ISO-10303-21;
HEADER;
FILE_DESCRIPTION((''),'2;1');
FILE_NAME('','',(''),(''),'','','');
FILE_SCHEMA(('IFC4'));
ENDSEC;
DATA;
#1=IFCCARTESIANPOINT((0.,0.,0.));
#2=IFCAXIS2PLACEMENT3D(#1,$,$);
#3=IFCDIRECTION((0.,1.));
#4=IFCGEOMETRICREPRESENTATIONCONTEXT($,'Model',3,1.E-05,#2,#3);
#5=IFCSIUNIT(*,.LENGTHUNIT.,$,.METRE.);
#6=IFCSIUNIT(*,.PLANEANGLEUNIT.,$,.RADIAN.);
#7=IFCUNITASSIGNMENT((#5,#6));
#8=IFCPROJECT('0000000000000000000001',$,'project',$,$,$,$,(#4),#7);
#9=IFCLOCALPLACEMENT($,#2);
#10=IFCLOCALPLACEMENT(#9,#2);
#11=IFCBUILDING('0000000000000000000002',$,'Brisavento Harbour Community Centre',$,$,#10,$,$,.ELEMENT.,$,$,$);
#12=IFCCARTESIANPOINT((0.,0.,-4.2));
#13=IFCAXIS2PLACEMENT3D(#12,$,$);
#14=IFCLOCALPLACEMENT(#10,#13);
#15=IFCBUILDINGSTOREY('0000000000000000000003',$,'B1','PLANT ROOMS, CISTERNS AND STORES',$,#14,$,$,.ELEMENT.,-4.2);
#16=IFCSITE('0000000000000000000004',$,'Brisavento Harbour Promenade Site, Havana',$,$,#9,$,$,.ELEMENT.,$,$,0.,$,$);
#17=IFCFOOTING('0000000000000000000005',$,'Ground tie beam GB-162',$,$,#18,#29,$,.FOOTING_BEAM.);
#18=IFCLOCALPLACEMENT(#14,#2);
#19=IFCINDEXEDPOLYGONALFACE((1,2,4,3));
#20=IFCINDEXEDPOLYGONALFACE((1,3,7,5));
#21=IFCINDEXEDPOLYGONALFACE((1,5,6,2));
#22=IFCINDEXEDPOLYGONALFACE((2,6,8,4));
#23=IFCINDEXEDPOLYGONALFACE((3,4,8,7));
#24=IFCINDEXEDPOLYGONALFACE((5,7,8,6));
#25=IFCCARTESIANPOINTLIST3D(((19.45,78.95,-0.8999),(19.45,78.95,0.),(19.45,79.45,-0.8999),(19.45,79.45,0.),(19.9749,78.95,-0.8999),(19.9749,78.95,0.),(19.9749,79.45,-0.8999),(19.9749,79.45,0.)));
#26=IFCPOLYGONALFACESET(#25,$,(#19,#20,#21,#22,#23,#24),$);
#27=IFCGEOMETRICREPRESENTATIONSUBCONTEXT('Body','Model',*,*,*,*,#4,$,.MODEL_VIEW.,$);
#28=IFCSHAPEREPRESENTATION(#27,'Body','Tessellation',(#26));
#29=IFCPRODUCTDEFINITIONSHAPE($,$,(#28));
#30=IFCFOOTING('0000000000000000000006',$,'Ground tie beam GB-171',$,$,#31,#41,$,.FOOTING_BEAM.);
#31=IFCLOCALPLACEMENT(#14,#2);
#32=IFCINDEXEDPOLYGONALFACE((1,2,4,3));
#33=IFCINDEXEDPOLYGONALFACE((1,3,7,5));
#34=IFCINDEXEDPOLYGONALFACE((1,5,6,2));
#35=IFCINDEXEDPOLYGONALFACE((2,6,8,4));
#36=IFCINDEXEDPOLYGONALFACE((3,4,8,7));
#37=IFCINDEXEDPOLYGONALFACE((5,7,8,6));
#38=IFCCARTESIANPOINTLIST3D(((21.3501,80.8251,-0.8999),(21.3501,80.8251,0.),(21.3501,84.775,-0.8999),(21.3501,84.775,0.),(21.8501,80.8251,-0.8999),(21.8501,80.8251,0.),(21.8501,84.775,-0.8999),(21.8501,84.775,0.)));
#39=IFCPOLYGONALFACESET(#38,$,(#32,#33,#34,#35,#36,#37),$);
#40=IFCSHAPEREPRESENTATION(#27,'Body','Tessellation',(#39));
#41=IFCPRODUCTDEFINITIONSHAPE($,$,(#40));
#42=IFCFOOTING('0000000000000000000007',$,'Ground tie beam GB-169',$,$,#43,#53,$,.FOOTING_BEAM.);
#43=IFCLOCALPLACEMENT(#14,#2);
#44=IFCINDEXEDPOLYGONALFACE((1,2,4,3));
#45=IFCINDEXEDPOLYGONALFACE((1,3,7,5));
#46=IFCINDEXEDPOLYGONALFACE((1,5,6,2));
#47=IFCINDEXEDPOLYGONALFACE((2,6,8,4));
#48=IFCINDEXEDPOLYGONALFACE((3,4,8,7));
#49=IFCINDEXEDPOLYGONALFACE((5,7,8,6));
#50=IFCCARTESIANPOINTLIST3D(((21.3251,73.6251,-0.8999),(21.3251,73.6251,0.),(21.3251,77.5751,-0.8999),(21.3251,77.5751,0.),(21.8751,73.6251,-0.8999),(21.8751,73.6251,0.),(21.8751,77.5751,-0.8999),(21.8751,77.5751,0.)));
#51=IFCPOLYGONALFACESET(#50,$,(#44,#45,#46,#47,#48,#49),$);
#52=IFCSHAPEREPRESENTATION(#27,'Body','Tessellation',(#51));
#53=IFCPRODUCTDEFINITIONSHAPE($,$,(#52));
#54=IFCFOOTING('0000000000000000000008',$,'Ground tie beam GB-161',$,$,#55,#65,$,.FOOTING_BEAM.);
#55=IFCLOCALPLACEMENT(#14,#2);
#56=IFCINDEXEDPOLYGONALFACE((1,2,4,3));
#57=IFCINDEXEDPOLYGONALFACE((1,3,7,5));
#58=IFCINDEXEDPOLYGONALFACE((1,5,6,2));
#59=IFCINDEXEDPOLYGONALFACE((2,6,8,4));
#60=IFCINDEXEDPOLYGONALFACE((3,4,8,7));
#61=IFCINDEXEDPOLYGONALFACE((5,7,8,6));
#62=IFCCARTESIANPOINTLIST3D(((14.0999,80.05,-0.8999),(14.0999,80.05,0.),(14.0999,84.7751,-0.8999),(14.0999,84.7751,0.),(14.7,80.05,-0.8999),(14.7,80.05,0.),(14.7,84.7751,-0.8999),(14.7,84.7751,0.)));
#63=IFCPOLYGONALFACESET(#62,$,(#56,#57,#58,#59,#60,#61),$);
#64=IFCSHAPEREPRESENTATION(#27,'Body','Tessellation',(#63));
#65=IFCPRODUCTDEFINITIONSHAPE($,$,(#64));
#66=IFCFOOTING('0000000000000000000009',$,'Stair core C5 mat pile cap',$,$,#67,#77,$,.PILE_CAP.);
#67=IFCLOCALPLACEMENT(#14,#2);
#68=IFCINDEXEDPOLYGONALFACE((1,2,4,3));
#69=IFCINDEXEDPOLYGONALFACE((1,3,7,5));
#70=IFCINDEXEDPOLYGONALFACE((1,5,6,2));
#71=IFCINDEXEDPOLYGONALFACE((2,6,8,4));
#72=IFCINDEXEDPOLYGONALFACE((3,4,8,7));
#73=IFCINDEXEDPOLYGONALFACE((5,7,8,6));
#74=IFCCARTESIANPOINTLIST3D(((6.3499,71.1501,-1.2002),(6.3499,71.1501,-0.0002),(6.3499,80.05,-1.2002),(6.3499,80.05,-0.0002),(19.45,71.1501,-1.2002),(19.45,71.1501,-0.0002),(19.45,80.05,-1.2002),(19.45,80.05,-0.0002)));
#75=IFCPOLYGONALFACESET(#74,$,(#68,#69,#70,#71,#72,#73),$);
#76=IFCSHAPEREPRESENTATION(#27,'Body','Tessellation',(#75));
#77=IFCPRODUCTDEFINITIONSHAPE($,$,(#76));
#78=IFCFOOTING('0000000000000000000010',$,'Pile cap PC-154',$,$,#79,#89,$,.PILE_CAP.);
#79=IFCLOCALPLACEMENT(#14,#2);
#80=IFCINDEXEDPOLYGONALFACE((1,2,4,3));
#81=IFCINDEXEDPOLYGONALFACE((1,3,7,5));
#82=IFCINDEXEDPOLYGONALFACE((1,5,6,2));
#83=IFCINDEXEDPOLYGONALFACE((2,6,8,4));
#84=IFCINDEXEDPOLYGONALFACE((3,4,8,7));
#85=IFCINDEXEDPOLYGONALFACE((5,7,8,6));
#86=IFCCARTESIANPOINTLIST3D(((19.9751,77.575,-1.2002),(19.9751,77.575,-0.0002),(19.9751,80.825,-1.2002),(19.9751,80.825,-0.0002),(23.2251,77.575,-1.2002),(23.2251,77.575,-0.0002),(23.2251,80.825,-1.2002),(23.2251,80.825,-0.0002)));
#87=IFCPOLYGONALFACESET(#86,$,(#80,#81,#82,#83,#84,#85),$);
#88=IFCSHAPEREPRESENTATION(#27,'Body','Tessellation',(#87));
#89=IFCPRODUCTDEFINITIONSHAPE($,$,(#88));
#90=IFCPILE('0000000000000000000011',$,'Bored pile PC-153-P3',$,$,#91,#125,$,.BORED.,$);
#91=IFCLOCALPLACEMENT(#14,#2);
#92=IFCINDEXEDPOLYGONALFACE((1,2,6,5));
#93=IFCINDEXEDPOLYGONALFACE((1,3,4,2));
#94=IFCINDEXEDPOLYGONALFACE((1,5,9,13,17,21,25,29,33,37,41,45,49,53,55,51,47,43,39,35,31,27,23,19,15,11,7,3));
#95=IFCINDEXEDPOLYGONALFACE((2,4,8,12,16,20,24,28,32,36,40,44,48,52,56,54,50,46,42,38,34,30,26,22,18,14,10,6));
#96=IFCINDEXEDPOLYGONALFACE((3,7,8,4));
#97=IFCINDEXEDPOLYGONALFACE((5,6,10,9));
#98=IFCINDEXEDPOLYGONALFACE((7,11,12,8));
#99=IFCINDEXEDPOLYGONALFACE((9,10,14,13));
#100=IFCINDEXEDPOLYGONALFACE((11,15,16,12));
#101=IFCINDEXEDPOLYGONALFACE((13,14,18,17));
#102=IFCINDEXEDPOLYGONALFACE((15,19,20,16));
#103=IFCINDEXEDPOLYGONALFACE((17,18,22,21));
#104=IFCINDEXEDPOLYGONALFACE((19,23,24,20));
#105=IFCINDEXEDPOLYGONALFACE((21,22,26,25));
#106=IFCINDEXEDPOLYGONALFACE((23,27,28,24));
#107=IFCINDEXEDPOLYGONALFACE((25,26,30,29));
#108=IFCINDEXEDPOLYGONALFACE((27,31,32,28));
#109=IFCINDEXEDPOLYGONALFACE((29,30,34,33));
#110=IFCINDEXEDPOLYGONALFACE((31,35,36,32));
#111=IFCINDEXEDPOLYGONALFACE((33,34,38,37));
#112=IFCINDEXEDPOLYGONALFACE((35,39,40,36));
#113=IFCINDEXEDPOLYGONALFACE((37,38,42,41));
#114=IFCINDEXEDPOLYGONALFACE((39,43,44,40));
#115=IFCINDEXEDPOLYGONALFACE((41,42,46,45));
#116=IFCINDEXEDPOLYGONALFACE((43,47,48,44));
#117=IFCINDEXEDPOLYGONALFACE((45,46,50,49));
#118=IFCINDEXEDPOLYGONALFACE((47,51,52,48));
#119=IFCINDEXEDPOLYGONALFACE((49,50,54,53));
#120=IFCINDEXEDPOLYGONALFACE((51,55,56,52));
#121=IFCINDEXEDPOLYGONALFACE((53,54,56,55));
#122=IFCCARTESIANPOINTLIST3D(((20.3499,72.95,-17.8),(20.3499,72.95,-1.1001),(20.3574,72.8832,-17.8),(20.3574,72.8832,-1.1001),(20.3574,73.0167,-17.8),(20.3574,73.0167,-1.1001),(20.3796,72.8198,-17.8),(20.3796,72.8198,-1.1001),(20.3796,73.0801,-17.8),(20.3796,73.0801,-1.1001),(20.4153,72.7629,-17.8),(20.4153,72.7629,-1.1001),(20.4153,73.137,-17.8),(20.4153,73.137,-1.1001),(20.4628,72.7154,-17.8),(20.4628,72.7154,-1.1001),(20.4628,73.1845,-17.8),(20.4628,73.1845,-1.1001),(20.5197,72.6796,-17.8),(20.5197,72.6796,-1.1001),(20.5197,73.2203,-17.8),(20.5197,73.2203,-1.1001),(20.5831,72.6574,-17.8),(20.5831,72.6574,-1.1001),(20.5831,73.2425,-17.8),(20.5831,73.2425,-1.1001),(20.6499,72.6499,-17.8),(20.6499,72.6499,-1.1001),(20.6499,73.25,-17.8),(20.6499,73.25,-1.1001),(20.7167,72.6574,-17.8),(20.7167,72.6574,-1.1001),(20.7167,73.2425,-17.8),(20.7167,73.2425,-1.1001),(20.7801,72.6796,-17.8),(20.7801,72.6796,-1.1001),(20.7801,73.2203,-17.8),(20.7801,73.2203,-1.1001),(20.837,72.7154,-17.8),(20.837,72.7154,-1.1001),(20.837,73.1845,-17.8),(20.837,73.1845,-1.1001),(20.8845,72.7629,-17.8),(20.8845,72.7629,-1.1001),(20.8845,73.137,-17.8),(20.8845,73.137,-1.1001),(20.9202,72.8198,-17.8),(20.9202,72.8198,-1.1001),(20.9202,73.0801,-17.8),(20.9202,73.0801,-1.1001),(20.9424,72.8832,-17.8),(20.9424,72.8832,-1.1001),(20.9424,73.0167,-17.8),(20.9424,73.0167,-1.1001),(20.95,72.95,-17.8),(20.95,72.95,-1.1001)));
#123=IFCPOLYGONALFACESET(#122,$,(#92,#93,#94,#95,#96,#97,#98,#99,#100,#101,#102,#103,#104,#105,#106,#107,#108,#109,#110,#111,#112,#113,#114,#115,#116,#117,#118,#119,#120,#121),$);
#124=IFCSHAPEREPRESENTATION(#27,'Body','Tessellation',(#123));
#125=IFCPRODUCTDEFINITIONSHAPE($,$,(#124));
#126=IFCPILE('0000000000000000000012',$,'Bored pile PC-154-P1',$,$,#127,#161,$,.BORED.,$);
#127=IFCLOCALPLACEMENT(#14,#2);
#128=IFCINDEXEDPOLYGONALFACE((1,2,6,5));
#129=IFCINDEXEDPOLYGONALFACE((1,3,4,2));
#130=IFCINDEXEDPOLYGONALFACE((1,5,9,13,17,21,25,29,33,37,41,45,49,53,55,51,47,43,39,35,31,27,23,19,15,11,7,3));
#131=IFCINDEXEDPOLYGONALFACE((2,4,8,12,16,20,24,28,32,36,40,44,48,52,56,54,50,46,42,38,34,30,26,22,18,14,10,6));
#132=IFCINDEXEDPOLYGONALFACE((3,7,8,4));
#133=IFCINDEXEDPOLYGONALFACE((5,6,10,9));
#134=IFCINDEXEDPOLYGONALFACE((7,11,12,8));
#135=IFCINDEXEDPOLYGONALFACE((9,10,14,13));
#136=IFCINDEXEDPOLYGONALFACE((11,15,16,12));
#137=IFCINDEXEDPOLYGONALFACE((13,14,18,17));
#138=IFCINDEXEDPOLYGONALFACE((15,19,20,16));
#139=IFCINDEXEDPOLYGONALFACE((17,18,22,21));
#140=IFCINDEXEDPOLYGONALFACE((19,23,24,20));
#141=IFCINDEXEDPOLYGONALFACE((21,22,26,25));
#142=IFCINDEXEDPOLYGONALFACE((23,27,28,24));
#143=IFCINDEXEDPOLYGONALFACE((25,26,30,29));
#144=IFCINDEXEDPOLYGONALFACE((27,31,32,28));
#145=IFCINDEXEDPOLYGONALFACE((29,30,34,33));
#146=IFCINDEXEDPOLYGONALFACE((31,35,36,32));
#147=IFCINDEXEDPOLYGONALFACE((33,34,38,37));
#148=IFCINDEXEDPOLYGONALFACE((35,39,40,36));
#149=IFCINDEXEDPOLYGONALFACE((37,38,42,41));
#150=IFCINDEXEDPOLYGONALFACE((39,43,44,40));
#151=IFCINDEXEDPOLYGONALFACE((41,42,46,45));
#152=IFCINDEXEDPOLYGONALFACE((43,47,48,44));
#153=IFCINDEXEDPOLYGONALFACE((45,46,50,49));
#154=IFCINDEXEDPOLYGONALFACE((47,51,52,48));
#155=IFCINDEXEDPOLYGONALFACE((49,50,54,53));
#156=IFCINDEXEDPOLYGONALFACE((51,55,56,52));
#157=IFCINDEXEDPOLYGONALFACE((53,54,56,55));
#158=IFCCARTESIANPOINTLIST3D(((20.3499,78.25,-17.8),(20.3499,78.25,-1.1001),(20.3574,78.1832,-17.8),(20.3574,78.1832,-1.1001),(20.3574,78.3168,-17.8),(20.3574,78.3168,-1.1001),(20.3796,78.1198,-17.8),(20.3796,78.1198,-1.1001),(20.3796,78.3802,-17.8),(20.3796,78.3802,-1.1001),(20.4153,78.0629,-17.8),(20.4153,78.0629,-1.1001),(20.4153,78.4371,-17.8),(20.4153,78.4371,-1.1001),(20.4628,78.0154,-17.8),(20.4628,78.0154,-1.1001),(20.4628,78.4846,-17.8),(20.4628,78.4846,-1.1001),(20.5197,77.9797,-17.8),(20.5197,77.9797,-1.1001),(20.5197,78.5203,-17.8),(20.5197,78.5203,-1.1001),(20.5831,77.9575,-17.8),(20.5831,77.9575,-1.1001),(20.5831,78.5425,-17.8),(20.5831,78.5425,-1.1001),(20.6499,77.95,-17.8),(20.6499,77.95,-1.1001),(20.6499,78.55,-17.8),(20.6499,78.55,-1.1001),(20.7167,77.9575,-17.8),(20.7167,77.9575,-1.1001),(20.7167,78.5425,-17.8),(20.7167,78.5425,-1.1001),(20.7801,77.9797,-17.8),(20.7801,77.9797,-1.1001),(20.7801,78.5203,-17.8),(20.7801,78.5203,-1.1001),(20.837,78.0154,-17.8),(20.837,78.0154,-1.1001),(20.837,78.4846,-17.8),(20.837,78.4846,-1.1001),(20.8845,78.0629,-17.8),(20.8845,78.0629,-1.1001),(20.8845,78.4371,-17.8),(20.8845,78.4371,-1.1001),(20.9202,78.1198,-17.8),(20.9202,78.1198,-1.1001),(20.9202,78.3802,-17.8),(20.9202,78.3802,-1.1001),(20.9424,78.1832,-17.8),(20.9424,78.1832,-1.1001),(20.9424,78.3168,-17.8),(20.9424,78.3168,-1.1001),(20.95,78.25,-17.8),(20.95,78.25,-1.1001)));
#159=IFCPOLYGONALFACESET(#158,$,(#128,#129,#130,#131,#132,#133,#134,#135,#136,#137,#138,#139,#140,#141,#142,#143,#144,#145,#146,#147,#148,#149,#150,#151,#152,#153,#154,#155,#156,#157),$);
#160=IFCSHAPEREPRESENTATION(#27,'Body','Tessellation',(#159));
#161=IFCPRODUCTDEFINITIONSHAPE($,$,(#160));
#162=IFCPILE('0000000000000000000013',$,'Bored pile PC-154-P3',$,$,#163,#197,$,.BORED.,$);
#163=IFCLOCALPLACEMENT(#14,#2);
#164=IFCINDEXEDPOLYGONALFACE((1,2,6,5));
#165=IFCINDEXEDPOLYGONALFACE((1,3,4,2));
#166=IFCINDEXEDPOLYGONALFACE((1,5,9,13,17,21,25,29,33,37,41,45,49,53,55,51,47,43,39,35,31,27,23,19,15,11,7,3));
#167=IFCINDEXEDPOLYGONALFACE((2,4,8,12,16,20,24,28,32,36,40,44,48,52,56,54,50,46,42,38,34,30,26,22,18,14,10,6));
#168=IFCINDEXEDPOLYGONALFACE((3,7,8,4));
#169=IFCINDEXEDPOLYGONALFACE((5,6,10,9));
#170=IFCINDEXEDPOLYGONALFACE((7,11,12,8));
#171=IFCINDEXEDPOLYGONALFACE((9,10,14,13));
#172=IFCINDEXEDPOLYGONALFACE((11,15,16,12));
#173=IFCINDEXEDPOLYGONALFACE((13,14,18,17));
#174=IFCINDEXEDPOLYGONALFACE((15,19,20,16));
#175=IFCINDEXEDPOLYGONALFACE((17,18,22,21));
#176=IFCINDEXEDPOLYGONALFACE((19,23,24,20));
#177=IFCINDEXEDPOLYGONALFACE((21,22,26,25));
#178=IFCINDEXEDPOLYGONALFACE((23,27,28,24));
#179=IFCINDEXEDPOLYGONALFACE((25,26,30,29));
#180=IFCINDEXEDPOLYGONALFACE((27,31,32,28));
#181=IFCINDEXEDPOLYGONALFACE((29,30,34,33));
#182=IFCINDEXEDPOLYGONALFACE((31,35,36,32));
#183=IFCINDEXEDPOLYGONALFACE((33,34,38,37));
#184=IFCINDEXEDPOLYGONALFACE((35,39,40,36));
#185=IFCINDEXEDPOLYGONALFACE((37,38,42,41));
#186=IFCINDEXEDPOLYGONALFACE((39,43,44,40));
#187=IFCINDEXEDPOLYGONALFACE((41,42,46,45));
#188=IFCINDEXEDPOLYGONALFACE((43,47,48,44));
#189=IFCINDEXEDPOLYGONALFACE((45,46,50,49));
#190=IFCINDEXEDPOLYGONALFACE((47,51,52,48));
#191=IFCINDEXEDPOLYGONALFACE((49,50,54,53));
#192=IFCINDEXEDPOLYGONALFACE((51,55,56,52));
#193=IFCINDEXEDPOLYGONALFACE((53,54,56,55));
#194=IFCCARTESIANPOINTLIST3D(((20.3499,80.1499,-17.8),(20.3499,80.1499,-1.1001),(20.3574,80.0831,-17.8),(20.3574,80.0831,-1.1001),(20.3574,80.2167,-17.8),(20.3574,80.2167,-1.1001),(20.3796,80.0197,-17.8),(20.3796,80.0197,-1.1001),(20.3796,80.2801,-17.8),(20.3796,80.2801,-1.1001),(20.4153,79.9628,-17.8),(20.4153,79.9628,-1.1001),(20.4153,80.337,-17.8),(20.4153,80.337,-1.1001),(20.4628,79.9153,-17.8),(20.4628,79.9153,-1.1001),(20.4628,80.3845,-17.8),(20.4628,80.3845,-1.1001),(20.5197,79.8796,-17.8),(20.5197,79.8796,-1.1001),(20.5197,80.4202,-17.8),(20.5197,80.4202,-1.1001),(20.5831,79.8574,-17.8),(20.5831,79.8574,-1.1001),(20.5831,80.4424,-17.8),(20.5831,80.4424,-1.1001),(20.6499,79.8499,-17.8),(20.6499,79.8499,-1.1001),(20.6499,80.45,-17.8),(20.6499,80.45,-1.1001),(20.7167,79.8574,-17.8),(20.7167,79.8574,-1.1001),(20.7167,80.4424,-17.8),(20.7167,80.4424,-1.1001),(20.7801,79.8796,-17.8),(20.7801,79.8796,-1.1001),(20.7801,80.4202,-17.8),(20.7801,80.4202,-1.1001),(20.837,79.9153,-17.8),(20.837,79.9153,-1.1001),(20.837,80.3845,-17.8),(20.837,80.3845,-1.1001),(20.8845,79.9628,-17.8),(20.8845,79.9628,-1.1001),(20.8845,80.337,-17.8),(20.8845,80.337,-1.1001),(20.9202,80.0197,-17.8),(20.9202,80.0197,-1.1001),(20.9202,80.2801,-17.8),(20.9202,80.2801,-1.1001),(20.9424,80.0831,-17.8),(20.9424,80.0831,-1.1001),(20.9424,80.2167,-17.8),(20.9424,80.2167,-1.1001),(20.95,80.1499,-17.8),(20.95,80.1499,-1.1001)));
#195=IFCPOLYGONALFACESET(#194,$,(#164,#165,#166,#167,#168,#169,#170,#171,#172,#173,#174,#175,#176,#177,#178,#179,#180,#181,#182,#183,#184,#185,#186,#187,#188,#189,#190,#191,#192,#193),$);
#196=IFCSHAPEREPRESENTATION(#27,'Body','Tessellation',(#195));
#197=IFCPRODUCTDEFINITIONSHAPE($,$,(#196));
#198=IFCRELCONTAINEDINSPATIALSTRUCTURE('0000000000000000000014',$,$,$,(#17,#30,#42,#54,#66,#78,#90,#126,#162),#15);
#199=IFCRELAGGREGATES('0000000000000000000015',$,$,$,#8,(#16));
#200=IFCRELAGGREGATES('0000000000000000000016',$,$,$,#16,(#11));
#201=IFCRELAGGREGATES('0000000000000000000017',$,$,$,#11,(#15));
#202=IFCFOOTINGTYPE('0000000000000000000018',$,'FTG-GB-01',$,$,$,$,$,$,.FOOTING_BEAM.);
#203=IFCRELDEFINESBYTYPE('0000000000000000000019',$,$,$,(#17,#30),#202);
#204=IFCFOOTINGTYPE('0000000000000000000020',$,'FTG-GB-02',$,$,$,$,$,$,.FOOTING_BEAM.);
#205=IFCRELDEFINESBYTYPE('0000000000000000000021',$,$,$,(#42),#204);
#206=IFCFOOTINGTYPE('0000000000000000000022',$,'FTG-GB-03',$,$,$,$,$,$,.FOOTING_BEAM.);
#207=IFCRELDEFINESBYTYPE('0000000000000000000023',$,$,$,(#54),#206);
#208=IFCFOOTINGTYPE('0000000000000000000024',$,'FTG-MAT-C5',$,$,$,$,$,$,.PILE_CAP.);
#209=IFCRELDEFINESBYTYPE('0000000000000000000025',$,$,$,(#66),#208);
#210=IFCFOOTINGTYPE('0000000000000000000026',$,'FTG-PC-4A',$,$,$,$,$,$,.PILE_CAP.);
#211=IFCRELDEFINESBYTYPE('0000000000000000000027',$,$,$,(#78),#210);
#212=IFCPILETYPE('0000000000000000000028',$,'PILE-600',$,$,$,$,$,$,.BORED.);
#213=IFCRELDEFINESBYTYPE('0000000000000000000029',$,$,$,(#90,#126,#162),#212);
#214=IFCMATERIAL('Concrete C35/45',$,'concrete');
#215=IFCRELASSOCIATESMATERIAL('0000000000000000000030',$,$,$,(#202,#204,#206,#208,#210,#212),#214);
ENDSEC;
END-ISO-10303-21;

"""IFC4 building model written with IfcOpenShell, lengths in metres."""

from ifc_helpers import new_model, si_unit, direction, frame, origin, origin_2d, place, context, subcontext, project, spatial, rectangle, circle, extrude, material, material_profile, profile_set, type_object, element, save


model = new_model("IFC4")

# Units and contexts
model_context = context("Model", 3, precision=1e-05, world=origin(), true_north=direction((0.0, 1.0)))
body_context = subcontext(model_context, "Body", "Model", "MODEL_VIEW")
ifc_project = project(units=[si_unit("LENGTHUNIT", "METRE"), si_unit("PLANEANGLEUNIT", "RADIAN")], contexts=[model_context])

# Site, building, storey
site_placement = place(None, origin())
site = spatial("IfcSite", under=ifc_project, at=site_placement, Name="Brisavento Harbour Promenade Site, Havana", CompositionType="ELEMENT", RefElevation=0.0)
building_placement = place(site_placement, origin())
building = spatial("IfcBuilding", under=site, at=building_placement, Name="Brisavento Harbour Community Centre", CompositionType="ELEMENT")
storey_placement = place(building_placement, frame((0.0, 0.0, -4.2)))
storey = spatial("IfcBuildingStorey", under=building, at=storey_placement, Name="B1", Description="PLANT ROOMS, CISTERNS AND STORES", CompositionType="ELEMENT", Elevation=-4.2)

# Footings
ifc_material_1 = material(Name="Concrete C35/45", Category="concrete")
footing_type_1 = type_object("IfcFootingType", Name="FTG-GB-01", PredefinedType="FOOTING_BEAM", material=ifc_material_1)
footing_1_placement = place(storey_placement, frame((19.7124, 79.2, -0.8999), z_axis=(0.0, 0.0, 1.0), x_axis=(1.0, 0.0, 0.0)))
element("IfcFooting", 1, at=footing_1_placement, inside=storey, type_object=footing_type_1, Name="Ground tie beam GB-162", PredefinedType="FOOTING_BEAM", context=body_context, shape_type="SweptSolid", body=[
    extrude(rectangle(XDim=0.5249, YDim=0.5, at=origin_2d()), origin(), (0.0, 0.0, 1.0), 0.8999),
])
footing_2_placement = place(storey_placement, frame((21.6001, 82.8, -0.8999), z_axis=(0.0, 0.0, 1.0), x_axis=(1.0, 0.0, 0.0)))
element("IfcFooting", 2, at=footing_2_placement, inside=storey, type_object=footing_type_1, Name="Ground tie beam GB-171", PredefinedType="FOOTING_BEAM", context=body_context, shape_type="SweptSolid", body=[
    extrude(rectangle(XDim=0.5, YDim=3.95, at=origin_2d()), origin(), (0.0, 0.0, 1.0), 0.8999),
])
footing_type_2 = type_object("IfcFootingType", Name="FTG-GB-02", PredefinedType="FOOTING_BEAM", material=ifc_material_1)
footing_3_placement = place(storey_placement, frame((21.6001, 75.6001, -0.8999), z_axis=(0.0, 0.0, 1.0), x_axis=(1.0, 0.0, 0.0)))
element("IfcFooting", 3, at=footing_3_placement, inside=storey, type_object=footing_type_2, Name="Ground tie beam GB-169", PredefinedType="FOOTING_BEAM", context=body_context, shape_type="SweptSolid", body=[
    extrude(rectangle(XDim=0.55, YDim=3.95, at=origin_2d()), origin(), (0.0, 0.0, 1.0), 0.8999),
])
footing_type_3 = type_object("IfcFootingType", Name="FTG-GB-03", PredefinedType="FOOTING_BEAM", material=ifc_material_1)
footing_4_placement = place(storey_placement, frame((14.3999, 82.4126, -0.8999), z_axis=(0.0, 0.0, 1.0), x_axis=(1.0, 0.0, 0.0)))
element("IfcFooting", 4, at=footing_4_placement, inside=storey, type_object=footing_type_3, Name="Ground tie beam GB-161", PredefinedType="FOOTING_BEAM", context=body_context, shape_type="SweptSolid", body=[
    extrude(rectangle(XDim=0.6001, YDim=4.7251, at=origin_2d()), origin(), (0.0, 0.0, 1.0), 0.8999),
])
footing_type_4 = type_object("IfcFootingType", Name="FTG-MAT-C5", PredefinedType="PILE_CAP", material=ifc_material_1)
footing_5_placement = place(storey_placement, frame((12.8999, 75.6001, -1.2002), z_axis=(0.0, 0.0, 1.0), x_axis=(1.0, 0.0, 0.0)))
element("IfcFooting", 5, at=footing_5_placement, inside=storey, type_object=footing_type_4, Name="Stair core C5 mat pile cap", PredefinedType="PILE_CAP", context=body_context, shape_type="SweptSolid", body=[
    extrude(rectangle(XDim=13.1001, YDim=8.8999, at=origin_2d()), origin(), (0.0, 0.0, 1.0), 1.2),
])
footing_type_5 = type_object("IfcFootingType", Name="FTG-PC-4A", PredefinedType="PILE_CAP", material=ifc_material_1)
footing_6_placement = place(storey_placement, frame((21.6001, 79.2, -1.2002), z_axis=(0.0, 0.0, 1.0), x_axis=(1.0, 0.0, 0.0)))
element("IfcFooting", 6, at=footing_6_placement, inside=storey, type_object=footing_type_5, Name="Pile cap PC-154", PredefinedType="PILE_CAP", context=body_context, shape_type="SweptSolid", body=[
    extrude(rectangle(XDim=3.25, YDim=3.25, at=origin_2d()), origin(), (0.0, 0.0, 1.0), 1.2),
])

# Piles
ifc_material_profile_1 = material_profile(ifc_material_1, circle(Radius=0.3, at=origin_2d()), Name="Concrete C35/45")
ifc_profile_set_1 = profile_set([ifc_material_profile_1], Name="Concrete C35/45")
pile_type_1 = type_object("IfcPileType", Name="PILE-600", PredefinedType="BORED", material=ifc_profile_set_1)
for number, where, z_axis, x_axis, name in (
    (7, (20.6499, 72.95, -1.1001), (0.0, 0.0, -1.0), (1.0, 0.0, 0.0), "Bored pile PC-153-P3"),
    (8, (20.6499, 78.25, -1.1001), (0.0, 0.0, -1.0), (1.0, 0.0, 0.0), "Bored pile PC-154-P1"),
    (9, (20.6499, 80.1499, -1.1001), (0.0, 0.0, -1.0), (1.0, 0.0, 0.0), "Bored pile PC-154-P3"),
):
    element("IfcPile", number, at=place(storey_placement, frame(where, z_axis=z_axis, x_axis=x_axis)), inside=storey, type_object=pile_type_1, Name=name, PredefinedType="BORED", context=body_context, shape_type="SweptSolid", body=[
        extrude(circle(Radius=0.3, at=origin_2d()), origin(), (0.0, 0.0, 1.0), 16.7),
    ])

save(model, "model.ifc")
